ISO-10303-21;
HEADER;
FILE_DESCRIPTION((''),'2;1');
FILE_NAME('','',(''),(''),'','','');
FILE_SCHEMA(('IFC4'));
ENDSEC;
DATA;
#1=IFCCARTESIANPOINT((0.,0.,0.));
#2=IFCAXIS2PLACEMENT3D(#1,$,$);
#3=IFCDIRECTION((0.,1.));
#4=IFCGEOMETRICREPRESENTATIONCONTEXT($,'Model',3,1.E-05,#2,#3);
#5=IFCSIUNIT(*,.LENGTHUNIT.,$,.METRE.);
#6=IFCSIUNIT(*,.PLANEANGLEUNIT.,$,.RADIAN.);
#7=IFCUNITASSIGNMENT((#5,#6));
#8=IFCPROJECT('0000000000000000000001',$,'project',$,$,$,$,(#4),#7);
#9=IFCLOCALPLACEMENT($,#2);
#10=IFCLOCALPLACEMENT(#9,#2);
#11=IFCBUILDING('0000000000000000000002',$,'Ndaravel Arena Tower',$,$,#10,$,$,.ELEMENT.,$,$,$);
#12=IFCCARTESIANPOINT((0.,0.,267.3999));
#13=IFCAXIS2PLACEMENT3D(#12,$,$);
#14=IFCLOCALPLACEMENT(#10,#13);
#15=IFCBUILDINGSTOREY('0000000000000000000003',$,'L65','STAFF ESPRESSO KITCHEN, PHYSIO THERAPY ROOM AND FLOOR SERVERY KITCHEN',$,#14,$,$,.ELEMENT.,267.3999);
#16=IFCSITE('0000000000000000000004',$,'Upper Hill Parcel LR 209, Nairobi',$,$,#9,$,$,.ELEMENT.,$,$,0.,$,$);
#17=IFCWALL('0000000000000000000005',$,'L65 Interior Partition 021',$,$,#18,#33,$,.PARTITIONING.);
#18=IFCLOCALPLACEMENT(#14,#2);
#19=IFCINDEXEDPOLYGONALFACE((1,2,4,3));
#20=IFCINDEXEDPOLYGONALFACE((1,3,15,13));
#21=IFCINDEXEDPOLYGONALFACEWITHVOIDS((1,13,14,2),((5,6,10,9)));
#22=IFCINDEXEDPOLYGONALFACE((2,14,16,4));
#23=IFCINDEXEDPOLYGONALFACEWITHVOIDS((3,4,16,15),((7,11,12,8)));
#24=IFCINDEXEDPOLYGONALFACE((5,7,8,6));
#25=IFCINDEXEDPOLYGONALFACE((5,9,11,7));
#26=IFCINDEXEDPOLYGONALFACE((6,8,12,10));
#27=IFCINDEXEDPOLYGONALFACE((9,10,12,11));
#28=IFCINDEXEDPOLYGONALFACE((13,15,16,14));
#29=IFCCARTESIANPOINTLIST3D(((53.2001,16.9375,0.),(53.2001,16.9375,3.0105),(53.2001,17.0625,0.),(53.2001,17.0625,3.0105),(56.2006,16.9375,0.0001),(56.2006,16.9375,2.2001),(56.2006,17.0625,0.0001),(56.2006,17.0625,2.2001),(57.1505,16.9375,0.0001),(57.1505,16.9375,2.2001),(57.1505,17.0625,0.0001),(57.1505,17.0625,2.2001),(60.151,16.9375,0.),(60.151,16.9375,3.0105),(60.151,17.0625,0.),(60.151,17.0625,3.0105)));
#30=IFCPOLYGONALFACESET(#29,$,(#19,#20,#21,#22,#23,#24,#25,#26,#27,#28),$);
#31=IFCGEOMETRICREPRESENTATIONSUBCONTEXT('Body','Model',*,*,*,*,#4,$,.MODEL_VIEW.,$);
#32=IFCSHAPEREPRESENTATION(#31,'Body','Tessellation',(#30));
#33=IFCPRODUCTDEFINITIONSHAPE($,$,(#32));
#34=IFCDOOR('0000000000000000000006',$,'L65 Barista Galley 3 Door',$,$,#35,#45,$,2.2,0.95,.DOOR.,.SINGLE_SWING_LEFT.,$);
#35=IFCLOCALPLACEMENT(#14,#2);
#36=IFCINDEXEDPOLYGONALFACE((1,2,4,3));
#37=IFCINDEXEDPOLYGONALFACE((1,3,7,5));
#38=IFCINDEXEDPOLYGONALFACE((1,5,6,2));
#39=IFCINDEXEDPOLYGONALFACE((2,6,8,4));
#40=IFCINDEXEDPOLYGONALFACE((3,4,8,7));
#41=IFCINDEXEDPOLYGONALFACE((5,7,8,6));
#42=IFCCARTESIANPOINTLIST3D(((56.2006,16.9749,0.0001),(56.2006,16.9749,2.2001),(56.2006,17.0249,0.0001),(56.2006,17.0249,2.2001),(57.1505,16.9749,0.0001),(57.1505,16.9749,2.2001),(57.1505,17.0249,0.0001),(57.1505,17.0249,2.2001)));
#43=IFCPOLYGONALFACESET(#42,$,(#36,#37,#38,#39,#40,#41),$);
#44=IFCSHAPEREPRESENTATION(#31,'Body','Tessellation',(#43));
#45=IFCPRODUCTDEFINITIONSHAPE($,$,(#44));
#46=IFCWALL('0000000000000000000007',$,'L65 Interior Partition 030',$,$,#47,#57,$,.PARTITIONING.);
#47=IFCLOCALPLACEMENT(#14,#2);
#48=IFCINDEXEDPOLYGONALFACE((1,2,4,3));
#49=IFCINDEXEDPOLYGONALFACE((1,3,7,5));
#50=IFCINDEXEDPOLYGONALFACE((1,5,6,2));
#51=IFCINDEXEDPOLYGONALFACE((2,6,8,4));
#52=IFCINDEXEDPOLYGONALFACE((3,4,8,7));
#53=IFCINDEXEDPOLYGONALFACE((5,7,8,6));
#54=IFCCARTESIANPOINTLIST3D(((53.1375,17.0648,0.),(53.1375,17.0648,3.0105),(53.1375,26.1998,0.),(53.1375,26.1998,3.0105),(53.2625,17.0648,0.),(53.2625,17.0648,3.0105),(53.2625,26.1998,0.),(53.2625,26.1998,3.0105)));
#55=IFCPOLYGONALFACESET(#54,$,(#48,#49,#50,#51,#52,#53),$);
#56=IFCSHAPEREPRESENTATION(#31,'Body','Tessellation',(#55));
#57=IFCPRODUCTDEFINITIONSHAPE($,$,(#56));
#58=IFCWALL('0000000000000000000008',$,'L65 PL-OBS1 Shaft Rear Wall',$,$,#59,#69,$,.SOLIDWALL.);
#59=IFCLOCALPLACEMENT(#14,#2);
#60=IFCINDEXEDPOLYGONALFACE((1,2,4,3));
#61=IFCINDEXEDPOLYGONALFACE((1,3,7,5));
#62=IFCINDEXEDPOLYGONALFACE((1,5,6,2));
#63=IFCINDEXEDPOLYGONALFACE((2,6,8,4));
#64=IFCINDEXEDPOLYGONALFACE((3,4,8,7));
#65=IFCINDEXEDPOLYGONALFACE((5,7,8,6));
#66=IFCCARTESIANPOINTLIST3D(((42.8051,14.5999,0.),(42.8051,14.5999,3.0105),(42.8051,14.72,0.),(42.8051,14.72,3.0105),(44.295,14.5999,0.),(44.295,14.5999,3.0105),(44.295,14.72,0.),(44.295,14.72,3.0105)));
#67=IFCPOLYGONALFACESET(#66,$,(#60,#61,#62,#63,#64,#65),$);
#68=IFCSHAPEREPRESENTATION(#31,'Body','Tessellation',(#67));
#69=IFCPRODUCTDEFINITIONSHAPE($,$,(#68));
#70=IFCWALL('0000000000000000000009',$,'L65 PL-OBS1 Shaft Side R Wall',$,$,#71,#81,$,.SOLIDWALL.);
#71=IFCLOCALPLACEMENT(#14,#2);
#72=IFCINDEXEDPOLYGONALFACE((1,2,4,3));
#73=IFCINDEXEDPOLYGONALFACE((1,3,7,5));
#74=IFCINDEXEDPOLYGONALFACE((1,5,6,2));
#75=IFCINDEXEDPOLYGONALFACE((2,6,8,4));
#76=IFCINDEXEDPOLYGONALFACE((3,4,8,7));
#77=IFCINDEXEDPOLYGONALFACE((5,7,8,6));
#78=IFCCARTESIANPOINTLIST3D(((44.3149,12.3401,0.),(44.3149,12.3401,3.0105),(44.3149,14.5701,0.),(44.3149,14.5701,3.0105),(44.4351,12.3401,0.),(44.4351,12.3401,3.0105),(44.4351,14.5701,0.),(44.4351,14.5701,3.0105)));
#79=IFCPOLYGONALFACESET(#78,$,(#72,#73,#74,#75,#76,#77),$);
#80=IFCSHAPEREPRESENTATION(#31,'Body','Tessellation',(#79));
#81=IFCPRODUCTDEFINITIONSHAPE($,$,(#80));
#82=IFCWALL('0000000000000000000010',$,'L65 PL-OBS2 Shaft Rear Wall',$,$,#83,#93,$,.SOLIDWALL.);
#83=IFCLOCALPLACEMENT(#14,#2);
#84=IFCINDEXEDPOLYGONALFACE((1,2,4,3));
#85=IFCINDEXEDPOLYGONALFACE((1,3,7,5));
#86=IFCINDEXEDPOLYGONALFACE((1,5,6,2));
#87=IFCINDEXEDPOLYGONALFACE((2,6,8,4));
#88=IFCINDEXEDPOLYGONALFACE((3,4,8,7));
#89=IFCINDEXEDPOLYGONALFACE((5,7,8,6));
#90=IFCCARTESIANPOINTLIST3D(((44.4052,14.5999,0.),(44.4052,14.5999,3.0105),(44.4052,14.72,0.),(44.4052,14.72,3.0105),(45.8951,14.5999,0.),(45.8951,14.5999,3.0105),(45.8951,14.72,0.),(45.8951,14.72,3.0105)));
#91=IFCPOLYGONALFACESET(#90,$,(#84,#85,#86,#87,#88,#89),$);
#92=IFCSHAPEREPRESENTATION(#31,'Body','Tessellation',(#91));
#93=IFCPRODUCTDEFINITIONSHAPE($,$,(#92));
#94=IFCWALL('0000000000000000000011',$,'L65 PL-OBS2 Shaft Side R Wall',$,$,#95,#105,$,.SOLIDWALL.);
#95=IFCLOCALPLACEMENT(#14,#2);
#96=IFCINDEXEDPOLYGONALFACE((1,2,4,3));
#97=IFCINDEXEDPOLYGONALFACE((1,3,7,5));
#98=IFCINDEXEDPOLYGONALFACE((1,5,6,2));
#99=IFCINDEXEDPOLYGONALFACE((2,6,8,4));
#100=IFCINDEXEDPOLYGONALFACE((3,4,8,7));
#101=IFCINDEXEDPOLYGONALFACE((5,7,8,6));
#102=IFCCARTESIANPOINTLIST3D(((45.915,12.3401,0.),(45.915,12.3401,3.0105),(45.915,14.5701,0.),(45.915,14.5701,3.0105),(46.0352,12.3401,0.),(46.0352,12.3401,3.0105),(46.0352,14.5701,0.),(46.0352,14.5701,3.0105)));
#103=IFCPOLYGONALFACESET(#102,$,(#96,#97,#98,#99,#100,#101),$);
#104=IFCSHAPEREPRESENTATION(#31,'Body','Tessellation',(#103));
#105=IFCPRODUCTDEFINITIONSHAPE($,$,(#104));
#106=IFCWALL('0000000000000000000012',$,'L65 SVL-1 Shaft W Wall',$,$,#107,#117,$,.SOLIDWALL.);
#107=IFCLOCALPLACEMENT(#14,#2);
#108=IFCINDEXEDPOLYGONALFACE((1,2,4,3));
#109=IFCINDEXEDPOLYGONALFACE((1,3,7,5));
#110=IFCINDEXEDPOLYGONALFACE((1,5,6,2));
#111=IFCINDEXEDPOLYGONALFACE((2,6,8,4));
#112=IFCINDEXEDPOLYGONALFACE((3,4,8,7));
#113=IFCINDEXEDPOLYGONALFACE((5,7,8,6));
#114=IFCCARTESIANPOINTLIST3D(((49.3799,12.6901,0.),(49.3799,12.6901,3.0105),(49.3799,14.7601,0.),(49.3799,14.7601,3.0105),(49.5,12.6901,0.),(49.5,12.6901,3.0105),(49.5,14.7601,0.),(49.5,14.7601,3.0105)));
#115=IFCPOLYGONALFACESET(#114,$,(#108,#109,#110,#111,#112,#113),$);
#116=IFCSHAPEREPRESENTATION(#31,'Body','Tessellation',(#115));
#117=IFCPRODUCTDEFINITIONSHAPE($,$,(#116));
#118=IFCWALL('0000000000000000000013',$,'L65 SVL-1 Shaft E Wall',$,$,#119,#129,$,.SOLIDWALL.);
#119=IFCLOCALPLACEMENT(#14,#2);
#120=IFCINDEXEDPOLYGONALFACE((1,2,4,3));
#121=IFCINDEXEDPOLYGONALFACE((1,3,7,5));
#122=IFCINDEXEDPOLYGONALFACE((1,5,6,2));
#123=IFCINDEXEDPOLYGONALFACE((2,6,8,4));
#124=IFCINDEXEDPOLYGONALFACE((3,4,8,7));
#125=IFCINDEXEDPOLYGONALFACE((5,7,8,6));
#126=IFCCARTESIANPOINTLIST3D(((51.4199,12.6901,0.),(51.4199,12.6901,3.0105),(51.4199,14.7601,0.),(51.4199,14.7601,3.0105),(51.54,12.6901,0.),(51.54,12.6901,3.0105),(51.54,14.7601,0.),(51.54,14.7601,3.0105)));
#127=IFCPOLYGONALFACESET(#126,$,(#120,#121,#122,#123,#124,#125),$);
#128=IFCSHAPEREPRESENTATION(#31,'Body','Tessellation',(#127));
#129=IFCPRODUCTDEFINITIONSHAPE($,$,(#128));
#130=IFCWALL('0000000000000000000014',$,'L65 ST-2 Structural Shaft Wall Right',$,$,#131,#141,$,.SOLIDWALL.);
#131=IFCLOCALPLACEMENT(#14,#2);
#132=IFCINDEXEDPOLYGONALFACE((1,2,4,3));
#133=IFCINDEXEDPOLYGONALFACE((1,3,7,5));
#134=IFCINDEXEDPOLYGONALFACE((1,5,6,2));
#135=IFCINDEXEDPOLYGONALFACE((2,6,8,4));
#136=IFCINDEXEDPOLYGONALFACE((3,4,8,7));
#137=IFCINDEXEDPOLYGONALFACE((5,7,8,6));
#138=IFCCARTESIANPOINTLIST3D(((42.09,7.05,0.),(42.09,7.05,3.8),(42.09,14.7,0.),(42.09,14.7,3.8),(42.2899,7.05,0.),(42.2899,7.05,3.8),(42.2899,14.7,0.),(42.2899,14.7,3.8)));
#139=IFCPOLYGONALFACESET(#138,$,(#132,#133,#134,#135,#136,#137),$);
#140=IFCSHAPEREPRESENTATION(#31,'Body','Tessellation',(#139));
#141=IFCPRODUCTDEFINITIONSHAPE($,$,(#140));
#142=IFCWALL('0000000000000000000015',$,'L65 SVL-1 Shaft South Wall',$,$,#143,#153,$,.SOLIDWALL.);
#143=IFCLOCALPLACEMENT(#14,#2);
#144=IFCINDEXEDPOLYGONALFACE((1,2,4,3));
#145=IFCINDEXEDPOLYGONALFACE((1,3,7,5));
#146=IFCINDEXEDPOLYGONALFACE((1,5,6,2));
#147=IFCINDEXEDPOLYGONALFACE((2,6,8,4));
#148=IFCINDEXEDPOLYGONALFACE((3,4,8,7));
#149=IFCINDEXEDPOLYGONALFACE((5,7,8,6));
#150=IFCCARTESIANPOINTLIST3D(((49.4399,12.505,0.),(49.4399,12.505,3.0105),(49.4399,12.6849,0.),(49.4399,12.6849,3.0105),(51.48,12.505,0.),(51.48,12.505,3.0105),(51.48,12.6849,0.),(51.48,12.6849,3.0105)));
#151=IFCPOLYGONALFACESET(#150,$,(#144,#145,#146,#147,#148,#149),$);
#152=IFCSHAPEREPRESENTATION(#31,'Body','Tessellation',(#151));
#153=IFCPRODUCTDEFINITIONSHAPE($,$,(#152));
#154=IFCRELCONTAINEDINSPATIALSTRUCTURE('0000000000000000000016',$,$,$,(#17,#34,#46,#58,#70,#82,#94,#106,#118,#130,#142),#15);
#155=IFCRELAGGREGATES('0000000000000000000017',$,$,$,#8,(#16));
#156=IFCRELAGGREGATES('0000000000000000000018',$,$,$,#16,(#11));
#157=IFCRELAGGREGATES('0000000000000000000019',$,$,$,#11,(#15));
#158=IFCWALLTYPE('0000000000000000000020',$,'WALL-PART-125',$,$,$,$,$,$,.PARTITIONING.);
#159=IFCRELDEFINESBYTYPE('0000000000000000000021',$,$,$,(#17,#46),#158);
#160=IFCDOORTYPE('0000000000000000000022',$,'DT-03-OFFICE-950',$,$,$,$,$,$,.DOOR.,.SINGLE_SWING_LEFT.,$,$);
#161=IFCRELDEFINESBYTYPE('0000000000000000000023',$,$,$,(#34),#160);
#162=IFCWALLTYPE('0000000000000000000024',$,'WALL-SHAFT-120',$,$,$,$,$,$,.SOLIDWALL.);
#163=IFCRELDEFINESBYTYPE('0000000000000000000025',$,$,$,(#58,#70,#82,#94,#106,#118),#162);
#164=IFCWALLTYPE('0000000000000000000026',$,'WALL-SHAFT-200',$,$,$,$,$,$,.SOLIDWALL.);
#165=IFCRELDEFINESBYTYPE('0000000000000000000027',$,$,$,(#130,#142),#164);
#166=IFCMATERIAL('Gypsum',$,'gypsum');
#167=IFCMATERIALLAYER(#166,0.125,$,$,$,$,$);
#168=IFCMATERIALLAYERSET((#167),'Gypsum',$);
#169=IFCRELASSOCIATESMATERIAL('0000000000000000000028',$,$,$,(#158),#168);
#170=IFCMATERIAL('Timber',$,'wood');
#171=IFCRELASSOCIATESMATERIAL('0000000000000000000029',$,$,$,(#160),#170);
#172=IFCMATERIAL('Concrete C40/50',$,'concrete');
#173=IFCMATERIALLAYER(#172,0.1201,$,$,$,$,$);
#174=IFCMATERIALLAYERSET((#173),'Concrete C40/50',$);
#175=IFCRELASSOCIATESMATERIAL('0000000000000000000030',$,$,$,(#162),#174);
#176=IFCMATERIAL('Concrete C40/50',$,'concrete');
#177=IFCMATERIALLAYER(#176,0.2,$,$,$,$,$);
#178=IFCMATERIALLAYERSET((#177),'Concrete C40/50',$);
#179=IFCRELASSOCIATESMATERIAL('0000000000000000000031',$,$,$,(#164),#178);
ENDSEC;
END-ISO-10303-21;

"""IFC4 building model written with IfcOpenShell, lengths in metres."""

from ifc_helpers import new_model, si_unit, direction, frame, frame_2d, origin, place, context, subcontext, project, spatial, rectangle, extrude, material, layer, layer_set, type_object, element, fill, save


model = new_model("IFC4")

# Units and contexts
model_context = context("Model", 3, precision=1e-05, world=origin(), true_north=direction((0.0, 1.0)))
body_context = subcontext(model_context, "Body", "Model", "MODEL_VIEW")
ifc_project = project(units=[si_unit("LENGTHUNIT", "METRE"), si_unit("PLANEANGLEUNIT", "RADIAN")], contexts=[model_context])

# Site, building, storey
site_placement = place(None, origin())
site = spatial("IfcSite", under=ifc_project, at=site_placement, Name="Upper Hill Parcel LR 209, Nairobi", CompositionType="ELEMENT", RefElevation=0.0)
building_placement = place(site_placement, origin())
building = spatial("IfcBuilding", under=site, at=building_placement, Name="Ndaravel Arena Tower", CompositionType="ELEMENT")
storey_placement = place(building_placement, frame((0.0, 0.0, 267.3999)))
storey = spatial("IfcBuildingStorey", under=building, at=storey_placement, Name="L65", Description="STAFF ESPRESSO KITCHEN, PHYSIO THERAPY ROOM AND FLOOR SERVERY KITCHEN", CompositionType="ELEMENT", Elevation=267.3999)

# Shared definitions
ifc_material_1 = material(Name="Gypsum", Category="gypsum")
ifc_layer_1 = layer(ifc_material_1, 0.125)
ifc_layer_set_1 = layer_set([ifc_layer_1], Name="Gypsum")
wall_type_1 = type_object("IfcWallType", Name="WALL-PART-125", PredefinedType="PARTITIONING", material=ifc_layer_set_1)
ifc_material_2 = material(Name="Timber", Category="wood")
door_type = type_object("IfcDoorType", Name="DT-03-OFFICE-950", OperationType="SINGLE_SWING_LEFT", PredefinedType="DOOR", material=ifc_material_2)

# Wall, opening, door
wall_1_placement = place(storey_placement, frame((53.2, 17.0, 0.0), z_axis=(0.0, 0.0, 1.0), x_axis=(1.0, 0.0, 0.0)))
wall_1 = element("IfcWall", 1, at=wall_1_placement, inside=storey, type_object=wall_type_1, Name="L65 Interior Partition 021", PredefinedType="PARTITIONING", context=body_context, shape_type="SweptSolid", body=[
    extrude(rectangle(XDim=6.9509, YDim=0.125, at=frame_2d((3.4756, 0.0))), origin(), (0.0, 0.0, 1.0), 3.0105),
])
opening_1_placement = place(wall_1_placement, frame((3.0005, 0.0, 0.0)))
opening_1 = element("IfcOpeningElement", 2, at=opening_1_placement, cuts=wall_1, PredefinedType="OPENING", context=body_context, shape_type="SweptSolid", body=[
    extrude(rectangle(XDim=0.95, YDim=2.2, at=frame_2d((0.4751, 1.1001))), frame((0.0, 0.0625, 0.0), z_axis=(0.0, -1.0, 0.0), x_axis=(1.0, 0.0, 0.0)), (0.0, 0.0, 1.0), 0.125),
])
door_1_placement = place(opening_1_placement, origin())
door_1 = element("IfcDoor", 3, at=door_1_placement, inside=storey, type_object=door_type, Name="L65 Barista Galley 3 Door", OperationType="SINGLE_SWING_LEFT", OverallHeight=2.2, OverallWidth=0.95, PredefinedType="DOOR", context=body_context, shape_type="SweptSolid", body=[
    extrude(rectangle(XDim=0.95, YDim=2.2, at=frame_2d((0.4751, 1.1001))), frame((0.0, 0.0249, 0.0), z_axis=(0.0, -1.0, 0.0), x_axis=(1.0, 0.0, 0.0)), (0.0, 0.0, 1.0), 0.05),
])
fill(opening_1, door_1)

# Walls
wall_2_placement = place(storey_placement, frame((53.2, 17.0649, 0.0), z_axis=(0.0, 0.0, 1.0), x_axis=(0.0, 1.0, 0.0)))
element("IfcWall", 4, at=wall_2_placement, inside=storey, type_object=wall_type_1, Name="L65 Interior Partition 030", PredefinedType="PARTITIONING", context=body_context, shape_type="SweptSolid", body=[
    extrude(rectangle(XDim=9.135, YDim=0.125, at=frame_2d((4.5674, 0.0))), origin(), (0.0, 0.0, 1.0), 3.0105),
])
ifc_material_3 = material(Name="Concrete C40/50", Category="concrete")
ifc_layer_2 = layer(ifc_material_3, 0.1201)
ifc_layer_set_2 = layer_set([ifc_layer_2], Name="Concrete C40/50")
wall_type_2 = type_object("IfcWallType", Name="WALL-SHAFT-120", PredefinedType="SOLIDWALL", material=ifc_layer_set_2)
wall_3_placement = place(storey_placement, frame((42.8049, 14.6599, 0.0), z_axis=(0.0, 0.0, 1.0), x_axis=(1.0, 0.0, 0.0)))
element("IfcWall", 5, at=wall_3_placement, inside=storey, type_object=wall_type_2, Name="L65 PL-OBS1 Shaft Rear Wall", PredefinedType="SOLIDWALL", context=body_context, shape_type="SweptSolid", body=[
    extrude(rectangle(XDim=1.49, YDim=0.1201, at=frame_2d((0.7451, 0.0))), origin(), (0.0, 0.0, 1.0), 3.0105),
])
wall_4_placement = place(storey_placement, frame((44.375, 12.3401, 0.0), z_axis=(0.0, 0.0, 1.0), x_axis=(0.0, 1.0, 0.0)))
element("IfcWall", 6, at=wall_4_placement, inside=storey, type_object=wall_type_2, Name="L65 PL-OBS1 Shaft Side R Wall", PredefinedType="SOLIDWALL", context=body_context, shape_type="SweptSolid", body=[
    extrude(rectangle(XDim=2.23, YDim=0.1201, at=frame_2d((1.115, 0.0))), origin(), (0.0, 0.0, 1.0), 3.0105),
])
wall_5_placement = place(storey_placement, frame((44.405, 14.6599, 0.0), z_axis=(0.0, 0.0, 1.0), x_axis=(1.0, 0.0, 0.0)))
element("IfcWall", 7, at=wall_5_placement, inside=storey, type_object=wall_type_2, Name="L65 PL-OBS2 Shaft Rear Wall", PredefinedType="SOLIDWALL", context=body_context, shape_type="SweptSolid", body=[
    extrude(rectangle(XDim=1.49, YDim=0.1201, at=frame_2d((0.7451, 0.0))), origin(), (0.0, 0.0, 1.0), 3.0105),
])
wall_6_placement = place(storey_placement, frame((45.9751, 12.3401, 0.0), z_axis=(0.0, 0.0, 1.0), x_axis=(0.0, 1.0, 0.0)))
element("IfcWall", 8, at=wall_6_placement, inside=storey, type_object=wall_type_2, Name="L65 PL-OBS2 Shaft Side R Wall", PredefinedType="SOLIDWALL", context=body_context, shape_type="SweptSolid", body=[
    extrude(rectangle(XDim=2.23, YDim=0.1201, at=frame_2d((1.115, 0.0))), origin(), (0.0, 0.0, 1.0), 3.0105),
])
for number, where, z_axis, x_axis, name in (
    (9, (49.4399, 12.6899, 0.0), (0.0, 0.0, 1.0), (0.0, 1.0, 0.0), "L65 SVL-1 Shaft W Wall"),
    (10, (51.48, 12.6899, 0.0), (0.0, 0.0, 1.0), (0.0, 1.0, 0.0), "L65 SVL-1 Shaft E Wall"),
):
    element("IfcWall", number, at=place(storey_placement, frame(where, z_axis=z_axis, x_axis=x_axis)), inside=storey, type_object=wall_type_2, Name=name, PredefinedType="SOLIDWALL", context=body_context, shape_type="SweptSolid", body=[
        extrude(rectangle(XDim=2.0701, YDim=0.1201, at=frame_2d((1.0352, 0.0))), origin(), (0.0, 0.0, 1.0), 3.0105),
    ])
ifc_material_4 = material(Name="Concrete C40/50", Category="concrete")
ifc_layer_3 = layer(ifc_material_4, 0.2)
ifc_layer_set_3 = layer_set([ifc_layer_3], Name="Concrete C40/50")
wall_type_3 = type_object("IfcWallType", Name="WALL-SHAFT-200", PredefinedType="SOLIDWALL", material=ifc_layer_set_3)
wall_7_placement = place(storey_placement, frame((42.1899, 14.7, 0.0), z_axis=(0.0, 0.0, 1.0), x_axis=(0.0, -1.0, 0.0)))
element("IfcWall", 11, at=wall_7_placement, inside=storey, type_object=wall_type_3, Name="L65 ST-2 Structural Shaft Wall Right", PredefinedType="SOLIDWALL", context=body_context, shape_type="SweptSolid", body=[
    extrude(rectangle(XDim=7.6499, YDim=0.2, at=frame_2d((3.825, 0.0))), origin(), (0.0, 0.0, 1.0), 3.8),
])
wall_8_placement = place(storey_placement, frame((49.4399, 12.595, 0.0), z_axis=(0.0, 0.0, 1.0), x_axis=(1.0, 0.0, 0.0)))
element("IfcWall", 12, at=wall_8_placement, inside=storey, type_object=wall_type_3, Name="L65 SVL-1 Shaft South Wall", PredefinedType="SOLIDWALL", context=body_context, shape_type="SweptSolid", body=[
    extrude(rectangle(XDim=2.04, YDim=0.1799, at=frame_2d((1.02, 0.0))), origin(), (0.0, 0.0, 1.0), 3.0105),
])

save(model, "model.ifc")
